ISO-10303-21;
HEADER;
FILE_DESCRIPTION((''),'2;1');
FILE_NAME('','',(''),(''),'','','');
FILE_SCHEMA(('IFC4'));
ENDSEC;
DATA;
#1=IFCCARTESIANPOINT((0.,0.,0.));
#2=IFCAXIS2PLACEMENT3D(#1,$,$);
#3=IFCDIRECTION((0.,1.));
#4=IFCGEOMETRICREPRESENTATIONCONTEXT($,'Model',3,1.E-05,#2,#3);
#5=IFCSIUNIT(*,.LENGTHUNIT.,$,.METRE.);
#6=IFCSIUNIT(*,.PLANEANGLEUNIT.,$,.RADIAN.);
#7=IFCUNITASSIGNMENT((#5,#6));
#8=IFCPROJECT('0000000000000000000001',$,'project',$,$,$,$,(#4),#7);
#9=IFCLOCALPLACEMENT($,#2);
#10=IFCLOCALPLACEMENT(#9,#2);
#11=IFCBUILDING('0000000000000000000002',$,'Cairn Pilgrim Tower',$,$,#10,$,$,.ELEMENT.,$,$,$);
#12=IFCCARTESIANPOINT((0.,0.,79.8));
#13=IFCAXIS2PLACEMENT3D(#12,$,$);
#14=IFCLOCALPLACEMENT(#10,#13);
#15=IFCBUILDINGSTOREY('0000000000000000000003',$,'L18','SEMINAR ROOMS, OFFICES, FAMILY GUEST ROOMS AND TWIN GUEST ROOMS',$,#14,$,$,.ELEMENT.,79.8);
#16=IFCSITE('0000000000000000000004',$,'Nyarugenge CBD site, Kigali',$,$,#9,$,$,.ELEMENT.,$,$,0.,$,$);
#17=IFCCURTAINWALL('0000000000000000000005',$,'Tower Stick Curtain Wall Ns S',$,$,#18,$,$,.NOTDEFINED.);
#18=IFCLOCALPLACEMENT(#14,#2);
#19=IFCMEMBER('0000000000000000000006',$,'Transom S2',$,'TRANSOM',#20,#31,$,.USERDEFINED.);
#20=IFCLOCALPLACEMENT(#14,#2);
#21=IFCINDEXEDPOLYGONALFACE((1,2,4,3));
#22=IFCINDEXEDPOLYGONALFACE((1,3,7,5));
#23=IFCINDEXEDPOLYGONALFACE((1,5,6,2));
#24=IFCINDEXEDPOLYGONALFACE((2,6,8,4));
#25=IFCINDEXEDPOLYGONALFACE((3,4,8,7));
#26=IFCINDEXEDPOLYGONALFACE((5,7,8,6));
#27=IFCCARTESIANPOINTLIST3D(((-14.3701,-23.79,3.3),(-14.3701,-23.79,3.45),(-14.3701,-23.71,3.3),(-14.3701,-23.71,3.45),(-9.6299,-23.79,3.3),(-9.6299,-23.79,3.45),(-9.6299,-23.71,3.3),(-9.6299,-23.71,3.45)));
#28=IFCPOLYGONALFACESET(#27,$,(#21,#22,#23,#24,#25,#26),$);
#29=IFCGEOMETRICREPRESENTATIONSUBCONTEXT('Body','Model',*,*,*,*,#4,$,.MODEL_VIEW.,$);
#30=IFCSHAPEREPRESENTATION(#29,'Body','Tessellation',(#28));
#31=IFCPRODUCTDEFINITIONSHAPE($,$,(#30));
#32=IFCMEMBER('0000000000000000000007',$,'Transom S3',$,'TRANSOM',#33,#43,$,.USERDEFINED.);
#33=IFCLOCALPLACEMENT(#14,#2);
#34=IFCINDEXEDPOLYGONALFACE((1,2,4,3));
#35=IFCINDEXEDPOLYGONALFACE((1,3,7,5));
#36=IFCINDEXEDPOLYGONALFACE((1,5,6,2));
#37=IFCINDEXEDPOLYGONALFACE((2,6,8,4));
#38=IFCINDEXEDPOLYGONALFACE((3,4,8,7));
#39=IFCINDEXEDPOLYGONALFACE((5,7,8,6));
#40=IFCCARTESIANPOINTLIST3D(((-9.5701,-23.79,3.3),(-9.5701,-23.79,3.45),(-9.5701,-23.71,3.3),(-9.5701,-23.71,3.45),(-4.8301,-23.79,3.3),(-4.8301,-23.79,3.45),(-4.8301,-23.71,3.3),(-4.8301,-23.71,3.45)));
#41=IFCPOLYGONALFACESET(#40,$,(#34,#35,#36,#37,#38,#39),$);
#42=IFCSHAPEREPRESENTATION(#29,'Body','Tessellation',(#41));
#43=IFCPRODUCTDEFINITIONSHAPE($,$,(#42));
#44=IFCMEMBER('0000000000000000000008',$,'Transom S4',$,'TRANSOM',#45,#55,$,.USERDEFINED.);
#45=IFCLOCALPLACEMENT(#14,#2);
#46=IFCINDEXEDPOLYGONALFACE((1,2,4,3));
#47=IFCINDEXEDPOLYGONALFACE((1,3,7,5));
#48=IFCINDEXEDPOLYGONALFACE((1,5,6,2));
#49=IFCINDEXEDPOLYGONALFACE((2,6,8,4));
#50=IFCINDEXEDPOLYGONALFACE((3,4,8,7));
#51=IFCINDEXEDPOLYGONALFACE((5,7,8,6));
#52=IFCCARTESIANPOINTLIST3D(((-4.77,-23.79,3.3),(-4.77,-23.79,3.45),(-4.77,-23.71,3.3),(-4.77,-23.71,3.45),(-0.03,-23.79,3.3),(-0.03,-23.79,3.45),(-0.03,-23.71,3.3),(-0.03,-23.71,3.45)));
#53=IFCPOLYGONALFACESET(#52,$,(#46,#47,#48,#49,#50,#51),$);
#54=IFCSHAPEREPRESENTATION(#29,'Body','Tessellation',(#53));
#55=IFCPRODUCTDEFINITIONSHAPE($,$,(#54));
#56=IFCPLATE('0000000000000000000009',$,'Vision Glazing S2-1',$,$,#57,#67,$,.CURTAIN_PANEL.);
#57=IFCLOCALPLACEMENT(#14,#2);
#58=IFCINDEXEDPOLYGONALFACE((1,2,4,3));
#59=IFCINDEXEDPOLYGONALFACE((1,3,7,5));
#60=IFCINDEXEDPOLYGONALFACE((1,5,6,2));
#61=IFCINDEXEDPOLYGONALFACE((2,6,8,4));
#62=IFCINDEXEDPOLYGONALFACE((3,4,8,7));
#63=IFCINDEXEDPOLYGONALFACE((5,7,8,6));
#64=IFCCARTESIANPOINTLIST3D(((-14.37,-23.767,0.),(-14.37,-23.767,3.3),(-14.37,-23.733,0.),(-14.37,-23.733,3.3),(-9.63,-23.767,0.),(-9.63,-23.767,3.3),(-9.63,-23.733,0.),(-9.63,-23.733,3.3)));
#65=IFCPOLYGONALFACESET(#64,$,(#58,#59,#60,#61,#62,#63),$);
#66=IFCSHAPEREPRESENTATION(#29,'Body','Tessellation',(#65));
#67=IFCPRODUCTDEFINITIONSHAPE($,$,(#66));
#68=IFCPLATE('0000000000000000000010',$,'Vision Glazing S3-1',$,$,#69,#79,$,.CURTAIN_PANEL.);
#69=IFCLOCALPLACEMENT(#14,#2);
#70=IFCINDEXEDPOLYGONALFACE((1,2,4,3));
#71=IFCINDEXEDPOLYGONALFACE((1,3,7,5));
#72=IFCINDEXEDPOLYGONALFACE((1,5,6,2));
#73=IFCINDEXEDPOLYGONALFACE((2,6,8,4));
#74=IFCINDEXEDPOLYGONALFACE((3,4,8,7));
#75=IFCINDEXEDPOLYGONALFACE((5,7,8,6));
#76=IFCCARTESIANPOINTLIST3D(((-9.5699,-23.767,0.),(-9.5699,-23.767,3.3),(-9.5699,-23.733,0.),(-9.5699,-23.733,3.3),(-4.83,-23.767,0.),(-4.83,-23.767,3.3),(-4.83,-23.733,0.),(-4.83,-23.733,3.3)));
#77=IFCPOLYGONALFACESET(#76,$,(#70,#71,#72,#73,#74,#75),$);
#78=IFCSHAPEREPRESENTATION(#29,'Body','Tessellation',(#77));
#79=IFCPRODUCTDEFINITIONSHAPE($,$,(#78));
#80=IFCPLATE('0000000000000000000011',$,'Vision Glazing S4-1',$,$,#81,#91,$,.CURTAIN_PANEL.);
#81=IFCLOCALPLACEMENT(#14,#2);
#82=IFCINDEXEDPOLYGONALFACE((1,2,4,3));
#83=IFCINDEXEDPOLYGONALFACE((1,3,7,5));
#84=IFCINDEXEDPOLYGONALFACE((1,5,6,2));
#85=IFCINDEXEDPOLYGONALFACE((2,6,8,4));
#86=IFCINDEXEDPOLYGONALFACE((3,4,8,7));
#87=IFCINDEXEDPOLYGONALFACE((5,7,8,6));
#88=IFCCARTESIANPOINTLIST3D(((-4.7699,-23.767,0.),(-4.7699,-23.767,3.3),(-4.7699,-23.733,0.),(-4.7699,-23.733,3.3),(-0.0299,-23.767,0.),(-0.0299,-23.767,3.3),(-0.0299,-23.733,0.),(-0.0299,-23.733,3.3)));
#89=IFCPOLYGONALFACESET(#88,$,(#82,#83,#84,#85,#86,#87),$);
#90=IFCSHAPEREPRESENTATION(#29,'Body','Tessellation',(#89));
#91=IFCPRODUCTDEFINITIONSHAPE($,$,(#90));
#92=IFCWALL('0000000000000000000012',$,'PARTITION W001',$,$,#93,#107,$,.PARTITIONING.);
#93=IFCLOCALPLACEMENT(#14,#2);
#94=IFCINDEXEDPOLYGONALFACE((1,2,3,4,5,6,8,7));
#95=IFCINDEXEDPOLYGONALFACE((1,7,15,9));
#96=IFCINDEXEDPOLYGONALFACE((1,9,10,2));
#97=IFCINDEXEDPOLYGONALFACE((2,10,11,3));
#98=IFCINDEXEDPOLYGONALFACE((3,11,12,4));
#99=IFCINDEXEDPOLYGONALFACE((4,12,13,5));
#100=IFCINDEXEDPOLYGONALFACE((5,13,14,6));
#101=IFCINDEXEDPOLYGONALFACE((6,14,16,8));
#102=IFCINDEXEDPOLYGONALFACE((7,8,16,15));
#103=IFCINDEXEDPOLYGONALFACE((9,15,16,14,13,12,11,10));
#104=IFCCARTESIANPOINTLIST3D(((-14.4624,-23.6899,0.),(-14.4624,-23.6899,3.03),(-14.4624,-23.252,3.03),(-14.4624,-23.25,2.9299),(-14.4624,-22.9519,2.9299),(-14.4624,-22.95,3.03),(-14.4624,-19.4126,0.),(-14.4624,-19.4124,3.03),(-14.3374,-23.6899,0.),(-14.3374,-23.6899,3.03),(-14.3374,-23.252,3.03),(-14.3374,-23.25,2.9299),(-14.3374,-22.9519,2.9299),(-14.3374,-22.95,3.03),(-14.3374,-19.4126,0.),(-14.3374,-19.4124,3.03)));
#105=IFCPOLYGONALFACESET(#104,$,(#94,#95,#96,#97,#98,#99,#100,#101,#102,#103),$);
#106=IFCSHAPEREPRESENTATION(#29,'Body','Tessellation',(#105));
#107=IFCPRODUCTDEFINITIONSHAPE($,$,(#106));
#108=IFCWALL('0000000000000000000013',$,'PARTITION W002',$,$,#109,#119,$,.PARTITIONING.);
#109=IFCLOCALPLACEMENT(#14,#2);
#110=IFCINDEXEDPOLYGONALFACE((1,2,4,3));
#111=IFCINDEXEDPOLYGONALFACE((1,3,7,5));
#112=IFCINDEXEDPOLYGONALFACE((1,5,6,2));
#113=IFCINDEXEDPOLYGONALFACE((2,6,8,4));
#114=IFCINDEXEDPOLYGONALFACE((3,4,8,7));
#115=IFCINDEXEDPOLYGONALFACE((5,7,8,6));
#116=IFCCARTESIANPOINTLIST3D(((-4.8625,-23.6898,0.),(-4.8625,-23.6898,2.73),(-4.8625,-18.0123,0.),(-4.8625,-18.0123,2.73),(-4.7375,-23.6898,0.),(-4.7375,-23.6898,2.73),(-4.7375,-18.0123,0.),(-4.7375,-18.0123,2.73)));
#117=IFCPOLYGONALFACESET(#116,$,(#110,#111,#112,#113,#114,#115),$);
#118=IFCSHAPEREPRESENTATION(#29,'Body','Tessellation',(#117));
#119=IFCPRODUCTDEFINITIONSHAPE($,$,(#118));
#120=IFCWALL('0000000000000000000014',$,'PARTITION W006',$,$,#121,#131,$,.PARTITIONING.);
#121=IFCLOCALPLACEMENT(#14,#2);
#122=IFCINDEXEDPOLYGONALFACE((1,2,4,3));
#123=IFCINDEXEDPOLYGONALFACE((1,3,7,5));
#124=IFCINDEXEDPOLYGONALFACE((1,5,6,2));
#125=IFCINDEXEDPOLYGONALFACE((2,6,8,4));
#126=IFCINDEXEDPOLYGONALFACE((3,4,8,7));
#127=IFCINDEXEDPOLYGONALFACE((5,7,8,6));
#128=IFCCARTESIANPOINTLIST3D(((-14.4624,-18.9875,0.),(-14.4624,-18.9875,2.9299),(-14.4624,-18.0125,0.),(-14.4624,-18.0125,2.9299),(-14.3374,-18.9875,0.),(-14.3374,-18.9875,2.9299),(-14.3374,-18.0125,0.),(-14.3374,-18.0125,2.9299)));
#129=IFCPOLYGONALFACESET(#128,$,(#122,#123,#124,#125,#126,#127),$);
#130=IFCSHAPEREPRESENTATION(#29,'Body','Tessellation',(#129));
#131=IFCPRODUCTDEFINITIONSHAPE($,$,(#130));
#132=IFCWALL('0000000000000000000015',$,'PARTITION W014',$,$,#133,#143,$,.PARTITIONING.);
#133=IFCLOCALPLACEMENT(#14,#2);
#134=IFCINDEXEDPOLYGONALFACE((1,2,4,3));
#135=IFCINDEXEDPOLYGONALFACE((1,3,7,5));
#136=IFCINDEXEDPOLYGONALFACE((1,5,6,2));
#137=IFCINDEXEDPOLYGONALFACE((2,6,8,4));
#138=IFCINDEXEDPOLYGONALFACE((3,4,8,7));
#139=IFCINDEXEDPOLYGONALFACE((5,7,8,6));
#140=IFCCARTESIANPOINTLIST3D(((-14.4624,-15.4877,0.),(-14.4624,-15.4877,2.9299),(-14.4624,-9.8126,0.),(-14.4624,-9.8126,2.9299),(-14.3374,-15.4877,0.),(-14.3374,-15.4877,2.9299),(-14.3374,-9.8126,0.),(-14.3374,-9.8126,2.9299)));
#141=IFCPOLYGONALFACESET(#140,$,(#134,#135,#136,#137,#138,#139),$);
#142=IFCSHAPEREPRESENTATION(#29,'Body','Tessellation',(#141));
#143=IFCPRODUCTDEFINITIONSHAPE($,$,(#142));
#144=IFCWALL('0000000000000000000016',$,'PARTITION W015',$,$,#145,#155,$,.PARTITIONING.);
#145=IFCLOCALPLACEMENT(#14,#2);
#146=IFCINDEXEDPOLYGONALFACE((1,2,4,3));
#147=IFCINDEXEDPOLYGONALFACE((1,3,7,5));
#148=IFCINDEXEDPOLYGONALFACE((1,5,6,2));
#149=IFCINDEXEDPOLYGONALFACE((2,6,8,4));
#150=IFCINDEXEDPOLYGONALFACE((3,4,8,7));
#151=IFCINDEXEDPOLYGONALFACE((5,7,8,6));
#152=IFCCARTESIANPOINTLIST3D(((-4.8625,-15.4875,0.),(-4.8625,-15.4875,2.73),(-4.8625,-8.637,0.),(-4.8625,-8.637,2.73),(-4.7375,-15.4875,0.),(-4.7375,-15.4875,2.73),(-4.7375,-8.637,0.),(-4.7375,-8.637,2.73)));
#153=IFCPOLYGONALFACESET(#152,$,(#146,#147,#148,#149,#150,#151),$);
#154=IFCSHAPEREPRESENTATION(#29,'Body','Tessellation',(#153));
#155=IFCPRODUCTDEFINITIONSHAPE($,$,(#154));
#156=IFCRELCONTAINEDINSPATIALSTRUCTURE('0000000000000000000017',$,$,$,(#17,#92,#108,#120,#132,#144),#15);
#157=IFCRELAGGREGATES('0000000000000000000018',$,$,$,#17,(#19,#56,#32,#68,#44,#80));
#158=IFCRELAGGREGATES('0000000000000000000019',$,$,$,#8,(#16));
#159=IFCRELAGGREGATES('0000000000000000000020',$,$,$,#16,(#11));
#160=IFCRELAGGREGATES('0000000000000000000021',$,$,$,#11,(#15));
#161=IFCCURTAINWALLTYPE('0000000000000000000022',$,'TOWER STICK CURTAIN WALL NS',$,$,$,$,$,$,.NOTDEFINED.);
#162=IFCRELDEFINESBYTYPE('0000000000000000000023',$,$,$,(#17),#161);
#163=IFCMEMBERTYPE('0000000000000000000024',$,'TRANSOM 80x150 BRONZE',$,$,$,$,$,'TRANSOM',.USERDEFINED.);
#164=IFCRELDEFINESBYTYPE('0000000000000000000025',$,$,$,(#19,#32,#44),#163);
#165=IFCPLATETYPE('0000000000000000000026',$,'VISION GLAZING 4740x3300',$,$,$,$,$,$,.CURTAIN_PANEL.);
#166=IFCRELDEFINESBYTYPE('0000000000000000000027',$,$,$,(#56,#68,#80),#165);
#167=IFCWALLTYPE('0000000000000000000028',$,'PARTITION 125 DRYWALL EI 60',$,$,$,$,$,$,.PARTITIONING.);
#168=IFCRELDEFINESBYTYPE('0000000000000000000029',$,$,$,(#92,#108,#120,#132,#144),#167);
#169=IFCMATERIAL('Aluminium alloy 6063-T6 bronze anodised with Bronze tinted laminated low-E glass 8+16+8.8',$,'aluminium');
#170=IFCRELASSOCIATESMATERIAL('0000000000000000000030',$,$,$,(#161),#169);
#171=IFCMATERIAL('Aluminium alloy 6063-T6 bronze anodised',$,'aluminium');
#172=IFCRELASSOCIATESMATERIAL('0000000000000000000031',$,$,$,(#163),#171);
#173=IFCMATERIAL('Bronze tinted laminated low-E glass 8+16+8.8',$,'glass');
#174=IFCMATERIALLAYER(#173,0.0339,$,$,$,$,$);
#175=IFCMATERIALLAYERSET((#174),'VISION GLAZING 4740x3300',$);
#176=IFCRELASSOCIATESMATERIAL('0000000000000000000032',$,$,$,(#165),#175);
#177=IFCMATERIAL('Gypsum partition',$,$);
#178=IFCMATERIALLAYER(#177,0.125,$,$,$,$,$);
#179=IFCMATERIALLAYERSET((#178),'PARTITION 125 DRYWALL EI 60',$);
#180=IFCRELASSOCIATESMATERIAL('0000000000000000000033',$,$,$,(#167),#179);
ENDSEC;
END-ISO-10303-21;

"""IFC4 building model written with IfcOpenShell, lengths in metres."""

from ifc_helpers import new_model, si_unit, direction, frame, frame_2d, origin, origin_2d, place, context, subcontext, project, spatial, polyline, rectangle, outline, extrude, material, layer, layer_set, material_profile, profile_set, type_object, element, aggregate, save


model = new_model("IFC4")

# Units and contexts
model_context = context("Model", 3, precision=1e-05, world=origin(), true_north=direction((0.0, 1.0)))
body_context = subcontext(model_context, "Body", "Model", "MODEL_VIEW")
ifc_project = project(units=[si_unit("LENGTHUNIT", "METRE"), si_unit("PLANEANGLEUNIT", "RADIAN")], contexts=[model_context])

# Site, building, storey
site_placement = place(None, origin())
site = spatial("IfcSite", under=ifc_project, at=site_placement, Name="Nyarugenge CBD site, Kigali", CompositionType="ELEMENT", RefElevation=0.0)
building_placement = place(site_placement, origin())
building = spatial("IfcBuilding", under=site, at=building_placement, Name="Cairn Pilgrim Tower", CompositionType="ELEMENT")
storey_placement = place(building_placement, frame((0.0, 0.0, 79.8)))
storey = spatial("IfcBuildingStorey", under=building, at=storey_placement, Name="L18", Description="SEMINAR ROOMS, OFFICES, FAMILY GUEST ROOMS AND TWIN GUEST ROOMS", CompositionType="ELEMENT", Elevation=79.8)

# Curtain wall
ifc_material_1 = material(Name="Aluminium alloy 6063-T6 bronze anodised with Bronze tinted laminated low-E glass 8+16+8.8", Category="aluminium")
curtain_wall_type = type_object("IfcCurtainWallType", Name="TOWER STICK CURTAIN WALL NS", PredefinedType="NOTDEFINED", material=ifc_material_1)
curtain_wall_placement = place(storey_placement, origin())
curtain_wall = element("IfcCurtainWall", 1, at=curtain_wall_placement, inside=storey, type_object=curtain_wall_type, Name="Tower Stick Curtain Wall Ns S", PredefinedType="NOTDEFINED")
ifc_material_2 = material(Name="Aluminium alloy 6063-T6 bronze anodised", Category="aluminium")

# Members
ifc_material_profile_1 = material_profile(ifc_material_2, rectangle(XDim=0.0801, YDim=0.1499, at=origin_2d()), Name="TRANSOM 80x150 BRONZE")
ifc_profile_set_1 = profile_set([ifc_material_profile_1], Name="Aluminium alloy 6063-T6 bronze anodised")
member_type_1 = type_object("IfcMemberType", Name="TRANSOM 80x150 BRONZE", ElementType="TRANSOM", PredefinedType="USERDEFINED", material=ifc_profile_set_1)
member_1_placement = place(storey_placement, frame((-14.3701, -23.75, 3.375), z_axis=(1.0, 0.0, 0.0), x_axis=(0.0, 1.0, 0.0)))
member_1 = element("IfcMember", 2, at=member_1_placement, type_object=member_type_1, Name="Transom S2", ObjectType="TRANSOM", PredefinedType="USERDEFINED", context=body_context, shape_type="SweptSolid", body=[
    extrude(rectangle(XDim=0.0801, YDim=0.1499, at=origin_2d()), origin(), (0.0, 0.0, 1.0), 4.7402),
])
member_2_placement = place(storey_placement, frame((-9.5701, -23.75, 3.375), z_axis=(1.0, 0.0, 0.0), x_axis=(0.0, 1.0, 0.0)))
member_2 = element("IfcMember", 3, at=member_2_placement, type_object=member_type_1, Name="Transom S3", ObjectType="TRANSOM", PredefinedType="USERDEFINED", context=body_context, shape_type="SweptSolid", body=[
    extrude(rectangle(XDim=0.0801, YDim=0.1499, at=origin_2d()), origin(), (0.0, 0.0, 1.0), 4.74),
])
member_3_placement = place(storey_placement, frame((-4.77, -23.75, 3.375), z_axis=(1.0, 0.0, 0.0), x_axis=(0.0, 1.0, 0.0)))
member_3 = element("IfcMember", 4, at=member_3_placement, type_object=member_type_1, Name="Transom S4", ObjectType="TRANSOM", PredefinedType="USERDEFINED", context=body_context, shape_type="SweptSolid", body=[
    extrude(rectangle(XDim=0.0801, YDim=0.1499, at=origin_2d()), origin(), (0.0, 0.0, 1.0), 4.74),
])

# Plates
ifc_material_3 = material(Name="Bronze tinted laminated low-E glass 8+16+8.8", Category="glass")
ifc_layer_1 = layer(ifc_material_3, 0.0339)
ifc_layer_set_1 = layer_set([ifc_layer_1], Name="VISION GLAZING 4740x3300")
plate_type = type_object("IfcPlateType", Name="VISION GLAZING 4740x3300", PredefinedType="CURTAIN_PANEL", material=ifc_layer_set_1)
plate_1_placement = place(storey_placement, frame((-12.0, -23.75, 0.0), z_axis=(0.0, 0.0, 1.0), x_axis=(1.0, 0.0, 0.0)))
plate_1 = element("IfcPlate", 5, at=plate_1_placement, type_object=plate_type, Name="Vision Glazing S2-1", PredefinedType="CURTAIN_PANEL", context=body_context, shape_type="SweptSolid", body=[
    extrude(rectangle(XDim=4.74, YDim=0.0339, at=origin_2d()), origin(), (0.0, 0.0, 1.0), 3.3),
])
plate_2_placement = place(storey_placement, frame((-7.2, -23.75, 0.0), z_axis=(0.0, 0.0, 1.0), x_axis=(1.0, 0.0, 0.0)))
plate_2 = element("IfcPlate", 6, at=plate_2_placement, type_object=plate_type, Name="Vision Glazing S3-1", PredefinedType="CURTAIN_PANEL", context=body_context, shape_type="SweptSolid", body=[
    extrude(rectangle(XDim=4.74, YDim=0.0339, at=origin_2d()), origin(), (0.0, 0.0, 1.0), 3.3),
])
plate_3_placement = place(storey_placement, frame((-2.3999, -23.75, 0.0), z_axis=(0.0, 0.0, 1.0), x_axis=(1.0, 0.0, 0.0)))
plate_3 = element("IfcPlate", 7, at=plate_3_placement, type_object=plate_type, Name="Vision Glazing S4-1", PredefinedType="CURTAIN_PANEL", context=body_context, shape_type="SweptSolid", body=[
    extrude(rectangle(XDim=4.74, YDim=0.0339, at=origin_2d()), origin(), (0.0, 0.0, 1.0), 3.3),
])
aggregate(curtain_wall, [member_1, plate_1, member_2, plate_2, member_3, plate_3])

# Walls
ifc_material_4 = material(Name="Gypsum partition")
ifc_layer_2 = layer(ifc_material_4, 0.125)
ifc_layer_set_2 = layer_set([ifc_layer_2], Name="PARTITION 125 DRYWALL EI 60")
wall_type = type_object("IfcWallType", Name="PARTITION 125 DRYWALL EI 60", PredefinedType="PARTITIONING", material=ifc_layer_set_2)
wall_1_placement = place(storey_placement, frame((-14.3999, -23.6899, 0.0), z_axis=(0.0, 0.0, 1.0), x_axis=(0.0, 1.0, 0.0)))
element("IfcWall", 8, at=wall_1_placement, inside=storey, type_object=wall_type, Name="PARTITION W001", PredefinedType="PARTITIONING", context=body_context, shape_type="SweptSolid", body=[
    extrude(outline(polyline([(0.0, 0.0), (4.2773, 0.0), (4.2776, 3.03), (0.74, 3.03), (0.738, 2.9299), (0.4399, 2.9299), (0.438, 3.03), (0.0, 3.03), (0.0, 0.0)])), frame((0.0, 0.0625, 0.0), z_axis=(0.0, -1.0, 0.0), x_axis=(1.0, 0.0, 0.0)), (0.0, 0.0, 1.0), 0.125),
])
wall_2_placement = place(storey_placement, frame((-4.8, -23.6899, 0.0), z_axis=(0.0, 0.0, 1.0), x_axis=(0.0, 1.0, 0.0)))
element("IfcWall", 9, at=wall_2_placement, inside=storey, type_object=wall_type, Name="PARTITION W002", PredefinedType="PARTITIONING", context=body_context, shape_type="SweptSolid", body=[
    extrude(rectangle(XDim=5.6775, YDim=0.125, at=frame_2d((2.8389, 0.0))), origin(), (0.0, 0.0, 1.0), 2.73),
])
wall_3_placement = place(storey_placement, frame((-14.3999, -18.9875, 0.0), z_axis=(0.0, 0.0, 1.0), x_axis=(0.0, 1.0, 0.0)))
element("IfcWall", 10, at=wall_3_placement, inside=storey, type_object=wall_type, Name="PARTITION W006", PredefinedType="PARTITIONING", context=body_context, shape_type="SweptSolid", body=[
    extrude(rectangle(XDim=0.9751, YDim=0.125, at=frame_2d((0.4875, 0.0))), origin(), (0.0, 0.0, 1.0), 2.9299),
])
wall_4_placement = place(storey_placement, frame((-14.3999, -15.4875, 0.0), z_axis=(0.0, 0.0, 1.0), x_axis=(0.0, 1.0, 0.0)))
element("IfcWall", 11, at=wall_4_placement, inside=storey, type_object=wall_type, Name="PARTITION W014", PredefinedType="PARTITIONING", context=body_context, shape_type="SweptSolid", body=[
    extrude(rectangle(XDim=5.675, YDim=0.125, at=frame_2d((2.8374, 0.0))), origin(), (0.0, 0.0, 1.0), 2.9299),
])
wall_5_placement = place(storey_placement, frame((-4.8, -15.4875, 0.0), z_axis=(0.0, 0.0, 1.0), x_axis=(0.0, 1.0, 0.0)))
element("IfcWall", 12, at=wall_5_placement, inside=storey, type_object=wall_type, Name="PARTITION W015", PredefinedType="PARTITIONING", context=body_context, shape_type="SweptSolid", body=[
    extrude(rectangle(XDim=6.8506, YDim=0.125, at=frame_2d((3.4253, 0.0))), origin(), (0.0, 0.0, 1.0), 2.73),
])

save(model, "model.ifc")
